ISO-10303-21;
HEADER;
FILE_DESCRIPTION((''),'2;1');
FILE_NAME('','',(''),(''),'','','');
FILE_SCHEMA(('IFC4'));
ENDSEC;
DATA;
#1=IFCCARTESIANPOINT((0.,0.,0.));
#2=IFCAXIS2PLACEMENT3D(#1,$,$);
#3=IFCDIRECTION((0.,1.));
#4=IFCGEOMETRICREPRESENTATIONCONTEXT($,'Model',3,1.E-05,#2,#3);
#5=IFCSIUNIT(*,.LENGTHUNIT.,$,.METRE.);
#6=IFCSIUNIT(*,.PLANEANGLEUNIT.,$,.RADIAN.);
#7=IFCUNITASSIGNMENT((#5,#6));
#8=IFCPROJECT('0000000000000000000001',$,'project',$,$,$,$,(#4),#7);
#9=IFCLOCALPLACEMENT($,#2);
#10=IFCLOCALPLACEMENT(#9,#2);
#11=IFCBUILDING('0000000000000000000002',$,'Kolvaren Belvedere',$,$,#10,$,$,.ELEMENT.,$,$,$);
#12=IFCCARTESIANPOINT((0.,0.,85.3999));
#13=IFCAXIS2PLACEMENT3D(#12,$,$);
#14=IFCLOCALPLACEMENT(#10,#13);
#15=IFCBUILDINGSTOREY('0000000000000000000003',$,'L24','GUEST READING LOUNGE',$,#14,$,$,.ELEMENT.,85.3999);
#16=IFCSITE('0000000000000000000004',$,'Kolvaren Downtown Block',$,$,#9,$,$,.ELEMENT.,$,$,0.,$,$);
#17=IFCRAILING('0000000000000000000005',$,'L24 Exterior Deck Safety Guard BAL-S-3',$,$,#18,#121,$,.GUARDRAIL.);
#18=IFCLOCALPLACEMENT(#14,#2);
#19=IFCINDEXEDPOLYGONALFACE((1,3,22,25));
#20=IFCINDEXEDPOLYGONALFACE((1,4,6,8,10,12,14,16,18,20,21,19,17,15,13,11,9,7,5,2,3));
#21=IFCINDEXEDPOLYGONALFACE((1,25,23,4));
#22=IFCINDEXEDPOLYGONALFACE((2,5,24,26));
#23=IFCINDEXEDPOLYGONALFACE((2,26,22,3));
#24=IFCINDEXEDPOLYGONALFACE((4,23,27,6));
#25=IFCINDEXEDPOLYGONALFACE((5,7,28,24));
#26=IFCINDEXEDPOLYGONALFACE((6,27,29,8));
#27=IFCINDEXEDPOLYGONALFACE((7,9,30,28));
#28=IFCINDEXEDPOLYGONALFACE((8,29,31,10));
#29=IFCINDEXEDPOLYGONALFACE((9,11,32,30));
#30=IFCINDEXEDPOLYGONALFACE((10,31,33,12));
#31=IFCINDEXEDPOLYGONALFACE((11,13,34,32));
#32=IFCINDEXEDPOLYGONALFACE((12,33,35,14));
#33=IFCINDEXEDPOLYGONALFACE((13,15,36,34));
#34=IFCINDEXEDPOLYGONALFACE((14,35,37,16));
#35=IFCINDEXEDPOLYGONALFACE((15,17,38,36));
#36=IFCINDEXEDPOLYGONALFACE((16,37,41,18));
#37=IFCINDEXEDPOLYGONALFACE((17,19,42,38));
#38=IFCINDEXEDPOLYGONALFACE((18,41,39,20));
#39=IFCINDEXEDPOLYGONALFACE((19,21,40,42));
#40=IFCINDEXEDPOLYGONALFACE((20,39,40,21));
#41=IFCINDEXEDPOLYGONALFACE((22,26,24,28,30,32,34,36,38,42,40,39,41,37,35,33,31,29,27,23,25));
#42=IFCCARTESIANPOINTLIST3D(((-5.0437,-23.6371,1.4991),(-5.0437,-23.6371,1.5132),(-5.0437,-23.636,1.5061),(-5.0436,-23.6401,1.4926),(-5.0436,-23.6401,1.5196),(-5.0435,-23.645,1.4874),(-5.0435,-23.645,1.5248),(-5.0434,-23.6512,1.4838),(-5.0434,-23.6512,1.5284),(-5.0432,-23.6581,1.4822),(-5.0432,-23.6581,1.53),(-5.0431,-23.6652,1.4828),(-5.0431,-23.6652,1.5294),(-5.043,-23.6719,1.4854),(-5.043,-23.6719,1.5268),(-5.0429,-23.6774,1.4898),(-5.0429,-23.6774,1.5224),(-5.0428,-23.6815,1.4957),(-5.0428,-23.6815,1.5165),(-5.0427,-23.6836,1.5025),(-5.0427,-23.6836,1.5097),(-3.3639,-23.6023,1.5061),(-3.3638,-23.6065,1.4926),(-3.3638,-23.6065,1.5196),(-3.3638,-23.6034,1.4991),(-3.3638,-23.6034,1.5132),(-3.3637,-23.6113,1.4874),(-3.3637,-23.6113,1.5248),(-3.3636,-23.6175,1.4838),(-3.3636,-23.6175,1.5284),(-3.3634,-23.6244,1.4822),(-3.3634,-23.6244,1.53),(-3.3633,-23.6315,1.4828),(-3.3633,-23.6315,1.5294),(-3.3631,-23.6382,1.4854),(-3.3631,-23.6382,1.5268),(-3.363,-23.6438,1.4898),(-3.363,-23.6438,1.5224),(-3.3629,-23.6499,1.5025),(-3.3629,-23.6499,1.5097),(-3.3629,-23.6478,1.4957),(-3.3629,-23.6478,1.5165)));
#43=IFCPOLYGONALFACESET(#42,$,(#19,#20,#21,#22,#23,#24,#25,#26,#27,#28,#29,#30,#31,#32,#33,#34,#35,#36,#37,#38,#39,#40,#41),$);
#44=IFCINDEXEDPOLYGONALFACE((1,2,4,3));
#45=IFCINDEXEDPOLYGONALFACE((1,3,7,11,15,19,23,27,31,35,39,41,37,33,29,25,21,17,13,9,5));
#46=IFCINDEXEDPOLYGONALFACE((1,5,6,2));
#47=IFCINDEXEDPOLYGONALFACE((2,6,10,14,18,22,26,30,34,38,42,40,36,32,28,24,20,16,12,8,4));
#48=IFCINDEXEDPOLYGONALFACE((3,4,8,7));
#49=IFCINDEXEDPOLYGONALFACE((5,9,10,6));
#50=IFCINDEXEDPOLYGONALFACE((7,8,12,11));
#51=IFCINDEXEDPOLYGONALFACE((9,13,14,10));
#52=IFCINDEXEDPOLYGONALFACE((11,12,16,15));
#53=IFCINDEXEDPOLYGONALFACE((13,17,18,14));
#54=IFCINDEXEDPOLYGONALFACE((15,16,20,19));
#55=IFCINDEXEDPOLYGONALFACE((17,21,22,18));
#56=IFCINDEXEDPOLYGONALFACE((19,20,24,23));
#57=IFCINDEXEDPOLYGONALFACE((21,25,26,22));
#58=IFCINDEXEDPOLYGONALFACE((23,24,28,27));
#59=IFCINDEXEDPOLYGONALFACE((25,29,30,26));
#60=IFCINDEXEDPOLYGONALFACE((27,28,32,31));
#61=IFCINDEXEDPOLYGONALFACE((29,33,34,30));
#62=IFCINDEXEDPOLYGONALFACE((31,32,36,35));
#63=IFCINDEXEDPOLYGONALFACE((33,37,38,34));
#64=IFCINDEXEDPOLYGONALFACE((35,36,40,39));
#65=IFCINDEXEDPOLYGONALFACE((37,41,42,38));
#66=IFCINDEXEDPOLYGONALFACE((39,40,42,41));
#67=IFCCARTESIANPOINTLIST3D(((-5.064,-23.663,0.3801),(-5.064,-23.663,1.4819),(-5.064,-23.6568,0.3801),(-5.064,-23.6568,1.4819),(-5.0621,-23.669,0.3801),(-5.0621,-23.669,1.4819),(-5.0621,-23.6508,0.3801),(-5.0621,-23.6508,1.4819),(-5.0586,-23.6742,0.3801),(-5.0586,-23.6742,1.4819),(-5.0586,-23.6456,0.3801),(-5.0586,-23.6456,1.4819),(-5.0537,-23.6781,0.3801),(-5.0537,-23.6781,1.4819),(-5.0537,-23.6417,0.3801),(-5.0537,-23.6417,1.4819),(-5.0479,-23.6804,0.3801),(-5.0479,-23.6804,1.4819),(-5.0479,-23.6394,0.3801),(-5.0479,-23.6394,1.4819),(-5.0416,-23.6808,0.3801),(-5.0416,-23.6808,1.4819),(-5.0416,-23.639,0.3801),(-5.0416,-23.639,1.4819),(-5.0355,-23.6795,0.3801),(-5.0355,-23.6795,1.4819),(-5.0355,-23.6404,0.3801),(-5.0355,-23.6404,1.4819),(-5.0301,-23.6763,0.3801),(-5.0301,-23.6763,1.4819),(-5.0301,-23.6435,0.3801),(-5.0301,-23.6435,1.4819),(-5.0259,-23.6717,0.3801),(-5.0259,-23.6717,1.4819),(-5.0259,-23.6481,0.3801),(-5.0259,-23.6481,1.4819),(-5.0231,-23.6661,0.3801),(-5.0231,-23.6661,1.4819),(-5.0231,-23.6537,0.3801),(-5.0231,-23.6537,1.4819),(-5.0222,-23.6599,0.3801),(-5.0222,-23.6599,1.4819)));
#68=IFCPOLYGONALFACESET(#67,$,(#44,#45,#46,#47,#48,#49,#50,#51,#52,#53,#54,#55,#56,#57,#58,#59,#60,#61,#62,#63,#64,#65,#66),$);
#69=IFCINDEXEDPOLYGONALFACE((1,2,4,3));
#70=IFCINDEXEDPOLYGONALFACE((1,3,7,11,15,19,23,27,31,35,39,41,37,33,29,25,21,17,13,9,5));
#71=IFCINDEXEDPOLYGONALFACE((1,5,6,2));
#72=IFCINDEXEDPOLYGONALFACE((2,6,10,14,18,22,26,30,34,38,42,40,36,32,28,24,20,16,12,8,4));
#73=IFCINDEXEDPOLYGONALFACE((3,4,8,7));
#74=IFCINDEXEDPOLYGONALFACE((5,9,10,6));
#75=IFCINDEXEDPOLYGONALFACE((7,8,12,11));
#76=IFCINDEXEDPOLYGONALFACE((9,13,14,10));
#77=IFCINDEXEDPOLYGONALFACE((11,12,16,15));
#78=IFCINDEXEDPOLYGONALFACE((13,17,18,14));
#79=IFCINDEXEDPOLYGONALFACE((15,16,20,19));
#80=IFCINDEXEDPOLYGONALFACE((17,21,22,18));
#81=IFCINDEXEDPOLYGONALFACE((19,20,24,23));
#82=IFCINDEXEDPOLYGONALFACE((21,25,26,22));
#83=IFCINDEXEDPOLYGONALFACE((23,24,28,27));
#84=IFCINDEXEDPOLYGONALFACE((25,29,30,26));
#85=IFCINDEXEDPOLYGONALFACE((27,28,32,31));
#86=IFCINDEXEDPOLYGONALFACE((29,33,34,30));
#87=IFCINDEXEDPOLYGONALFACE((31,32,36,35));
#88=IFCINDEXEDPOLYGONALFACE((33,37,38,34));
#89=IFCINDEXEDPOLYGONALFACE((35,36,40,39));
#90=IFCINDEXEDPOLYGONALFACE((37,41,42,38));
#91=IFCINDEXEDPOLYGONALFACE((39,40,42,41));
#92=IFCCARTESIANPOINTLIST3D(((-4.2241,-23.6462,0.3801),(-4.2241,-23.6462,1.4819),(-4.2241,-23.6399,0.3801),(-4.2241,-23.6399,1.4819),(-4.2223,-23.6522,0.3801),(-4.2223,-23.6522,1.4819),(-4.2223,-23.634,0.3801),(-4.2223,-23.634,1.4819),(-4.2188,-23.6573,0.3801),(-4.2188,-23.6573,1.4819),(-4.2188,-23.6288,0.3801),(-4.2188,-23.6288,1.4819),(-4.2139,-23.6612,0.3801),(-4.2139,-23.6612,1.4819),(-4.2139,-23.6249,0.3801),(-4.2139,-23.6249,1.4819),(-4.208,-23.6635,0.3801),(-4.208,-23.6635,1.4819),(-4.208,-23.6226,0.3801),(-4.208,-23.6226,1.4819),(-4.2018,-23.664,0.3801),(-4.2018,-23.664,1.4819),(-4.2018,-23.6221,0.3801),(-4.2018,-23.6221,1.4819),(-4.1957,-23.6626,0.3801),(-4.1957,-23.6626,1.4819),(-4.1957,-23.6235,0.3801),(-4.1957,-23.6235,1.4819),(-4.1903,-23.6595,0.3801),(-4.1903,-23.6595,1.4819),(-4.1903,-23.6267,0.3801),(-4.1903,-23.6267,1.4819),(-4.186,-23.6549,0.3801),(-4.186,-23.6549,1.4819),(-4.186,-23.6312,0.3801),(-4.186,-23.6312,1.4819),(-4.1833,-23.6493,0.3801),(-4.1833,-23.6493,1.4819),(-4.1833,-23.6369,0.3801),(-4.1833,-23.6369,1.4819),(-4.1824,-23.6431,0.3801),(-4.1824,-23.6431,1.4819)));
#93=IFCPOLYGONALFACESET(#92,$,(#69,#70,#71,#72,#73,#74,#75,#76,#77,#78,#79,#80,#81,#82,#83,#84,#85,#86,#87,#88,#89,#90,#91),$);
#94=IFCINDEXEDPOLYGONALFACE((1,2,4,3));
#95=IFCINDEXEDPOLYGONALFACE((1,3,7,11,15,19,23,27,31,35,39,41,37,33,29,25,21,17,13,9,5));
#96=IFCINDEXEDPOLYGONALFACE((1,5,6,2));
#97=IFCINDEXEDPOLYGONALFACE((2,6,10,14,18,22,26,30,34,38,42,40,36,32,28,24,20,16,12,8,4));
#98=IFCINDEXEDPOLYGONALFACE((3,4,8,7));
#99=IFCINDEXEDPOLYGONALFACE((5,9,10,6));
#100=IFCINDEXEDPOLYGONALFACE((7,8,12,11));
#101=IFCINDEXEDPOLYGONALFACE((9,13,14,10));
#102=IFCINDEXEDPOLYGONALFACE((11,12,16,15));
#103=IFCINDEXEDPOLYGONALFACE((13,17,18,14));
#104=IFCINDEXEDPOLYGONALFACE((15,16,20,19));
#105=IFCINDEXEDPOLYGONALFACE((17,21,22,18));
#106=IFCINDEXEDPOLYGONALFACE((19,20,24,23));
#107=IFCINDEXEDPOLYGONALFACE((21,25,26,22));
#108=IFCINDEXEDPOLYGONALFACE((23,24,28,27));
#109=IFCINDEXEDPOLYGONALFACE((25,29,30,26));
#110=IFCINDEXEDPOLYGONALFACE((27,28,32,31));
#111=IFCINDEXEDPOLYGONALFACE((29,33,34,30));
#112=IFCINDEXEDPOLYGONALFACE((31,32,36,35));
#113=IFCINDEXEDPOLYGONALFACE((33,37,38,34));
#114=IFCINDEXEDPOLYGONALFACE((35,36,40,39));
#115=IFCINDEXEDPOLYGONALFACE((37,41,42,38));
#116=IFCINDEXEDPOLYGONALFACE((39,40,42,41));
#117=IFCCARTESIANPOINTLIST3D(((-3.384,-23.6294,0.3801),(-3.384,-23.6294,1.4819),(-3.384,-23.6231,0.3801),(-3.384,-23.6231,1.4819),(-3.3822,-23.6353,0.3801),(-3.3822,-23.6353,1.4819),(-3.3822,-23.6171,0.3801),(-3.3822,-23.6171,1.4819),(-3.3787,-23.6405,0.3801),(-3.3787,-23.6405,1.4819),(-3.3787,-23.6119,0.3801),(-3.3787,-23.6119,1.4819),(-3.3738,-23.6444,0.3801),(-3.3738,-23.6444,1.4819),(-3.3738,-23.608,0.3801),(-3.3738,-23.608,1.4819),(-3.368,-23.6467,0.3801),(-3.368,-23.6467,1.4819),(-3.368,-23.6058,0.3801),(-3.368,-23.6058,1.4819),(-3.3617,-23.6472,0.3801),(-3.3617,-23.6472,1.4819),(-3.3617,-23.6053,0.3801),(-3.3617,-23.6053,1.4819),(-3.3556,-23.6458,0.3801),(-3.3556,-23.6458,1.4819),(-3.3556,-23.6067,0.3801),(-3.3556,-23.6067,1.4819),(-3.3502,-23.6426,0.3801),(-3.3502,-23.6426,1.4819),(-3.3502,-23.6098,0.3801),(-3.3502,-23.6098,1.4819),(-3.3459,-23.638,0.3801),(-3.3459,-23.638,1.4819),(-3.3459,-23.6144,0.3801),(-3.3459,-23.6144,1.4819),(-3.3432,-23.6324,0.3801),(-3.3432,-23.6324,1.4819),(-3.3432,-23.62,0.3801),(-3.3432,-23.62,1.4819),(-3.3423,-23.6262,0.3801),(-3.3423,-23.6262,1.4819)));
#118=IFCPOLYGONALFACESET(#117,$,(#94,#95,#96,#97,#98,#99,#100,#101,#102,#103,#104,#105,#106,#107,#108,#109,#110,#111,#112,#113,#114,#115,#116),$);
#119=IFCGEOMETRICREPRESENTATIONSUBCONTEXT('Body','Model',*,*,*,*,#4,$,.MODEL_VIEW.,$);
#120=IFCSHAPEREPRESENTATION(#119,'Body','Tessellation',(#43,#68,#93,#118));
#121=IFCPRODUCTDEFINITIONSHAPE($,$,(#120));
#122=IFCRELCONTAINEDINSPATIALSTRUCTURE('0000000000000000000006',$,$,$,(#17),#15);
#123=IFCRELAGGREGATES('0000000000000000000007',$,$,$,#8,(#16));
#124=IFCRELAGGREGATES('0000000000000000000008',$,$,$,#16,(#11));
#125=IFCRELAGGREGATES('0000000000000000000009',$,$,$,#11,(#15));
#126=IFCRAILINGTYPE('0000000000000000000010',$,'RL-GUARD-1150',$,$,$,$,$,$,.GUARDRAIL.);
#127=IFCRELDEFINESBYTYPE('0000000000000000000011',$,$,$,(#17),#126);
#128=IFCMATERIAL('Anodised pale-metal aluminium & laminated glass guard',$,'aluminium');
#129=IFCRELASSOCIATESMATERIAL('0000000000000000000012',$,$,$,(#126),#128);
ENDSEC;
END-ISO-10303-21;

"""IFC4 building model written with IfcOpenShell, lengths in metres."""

from ifc_helpers import new_model, si_unit, direction, frame, origin, origin_2d, place, context, subcontext, project, spatial, circle, extrude, material, type_object, element, save


model = new_model("IFC4")

# Units and contexts
model_context = context("Model", 3, precision=1e-05, world=origin(), true_north=direction((0.0, 1.0)))
body_context = subcontext(model_context, "Body", "Model", "MODEL_VIEW")
ifc_project = project(units=[si_unit("LENGTHUNIT", "METRE"), si_unit("PLANEANGLEUNIT", "RADIAN")], contexts=[model_context])

# Site, building, storey
site_placement = place(None, origin())
site = spatial("IfcSite", under=ifc_project, at=site_placement, Name="Kolvaren Downtown Block", CompositionType="ELEMENT", RefElevation=0.0)
building_placement = place(site_placement, origin())
building = spatial("IfcBuilding", under=site, at=building_placement, Name="Kolvaren Belvedere", CompositionType="ELEMENT")
storey_placement = place(building_placement, frame((0.0, 0.0, 85.3999)))
storey = spatial("IfcBuildingStorey", under=building, at=storey_placement, Name="L24", Description="GUEST READING LOUNGE", CompositionType="ELEMENT", Elevation=85.3999)

# Railing
ifc_material_1 = material(Name="Anodised pale-metal aluminium & laminated glass guard", Category="aluminium")
railing_type = type_object("IfcRailingType", Name="RL-GUARD-1150", PredefinedType="GUARDRAIL", material=ifc_material_1)
railing_1_placement = place(storey_placement, frame((-5.0432, -23.6599, 0.3801)))
element("IfcRailing", 1, at=railing_1_placement, inside=storey, type_object=railing_type, Name="L24 Exterior Deck Safety Guard BAL-S-3", PredefinedType="GUARDRAIL", context=body_context, shape_type="SweptSolid", body=[
    extrude(circle(Radius=0.0239, at=origin_2d()), frame((0.0, 0.0, 1.126), z_axis=(0.999799, 0.020051, 0.0), x_axis=(-0.020051, 0.999799, 0.0)), (0.0, 0.0, 1.0), 1.6802),
    extrude(circle(Radius=0.021, at=origin_2d()), origin(), (0.0, 0.0, 1.0), 1.1018),
    extrude(circle(Radius=0.021, at=origin_2d()), frame((0.8398, 0.0168, 0.0)), (0.0, 0.0, 1.0), 1.1018),
    extrude(circle(Radius=0.021, at=origin_2d()), frame((1.6799, 0.0337, 0.0)), (0.0, 0.0, 1.0), 1.1018),
])

save(model, "model.ifc")
